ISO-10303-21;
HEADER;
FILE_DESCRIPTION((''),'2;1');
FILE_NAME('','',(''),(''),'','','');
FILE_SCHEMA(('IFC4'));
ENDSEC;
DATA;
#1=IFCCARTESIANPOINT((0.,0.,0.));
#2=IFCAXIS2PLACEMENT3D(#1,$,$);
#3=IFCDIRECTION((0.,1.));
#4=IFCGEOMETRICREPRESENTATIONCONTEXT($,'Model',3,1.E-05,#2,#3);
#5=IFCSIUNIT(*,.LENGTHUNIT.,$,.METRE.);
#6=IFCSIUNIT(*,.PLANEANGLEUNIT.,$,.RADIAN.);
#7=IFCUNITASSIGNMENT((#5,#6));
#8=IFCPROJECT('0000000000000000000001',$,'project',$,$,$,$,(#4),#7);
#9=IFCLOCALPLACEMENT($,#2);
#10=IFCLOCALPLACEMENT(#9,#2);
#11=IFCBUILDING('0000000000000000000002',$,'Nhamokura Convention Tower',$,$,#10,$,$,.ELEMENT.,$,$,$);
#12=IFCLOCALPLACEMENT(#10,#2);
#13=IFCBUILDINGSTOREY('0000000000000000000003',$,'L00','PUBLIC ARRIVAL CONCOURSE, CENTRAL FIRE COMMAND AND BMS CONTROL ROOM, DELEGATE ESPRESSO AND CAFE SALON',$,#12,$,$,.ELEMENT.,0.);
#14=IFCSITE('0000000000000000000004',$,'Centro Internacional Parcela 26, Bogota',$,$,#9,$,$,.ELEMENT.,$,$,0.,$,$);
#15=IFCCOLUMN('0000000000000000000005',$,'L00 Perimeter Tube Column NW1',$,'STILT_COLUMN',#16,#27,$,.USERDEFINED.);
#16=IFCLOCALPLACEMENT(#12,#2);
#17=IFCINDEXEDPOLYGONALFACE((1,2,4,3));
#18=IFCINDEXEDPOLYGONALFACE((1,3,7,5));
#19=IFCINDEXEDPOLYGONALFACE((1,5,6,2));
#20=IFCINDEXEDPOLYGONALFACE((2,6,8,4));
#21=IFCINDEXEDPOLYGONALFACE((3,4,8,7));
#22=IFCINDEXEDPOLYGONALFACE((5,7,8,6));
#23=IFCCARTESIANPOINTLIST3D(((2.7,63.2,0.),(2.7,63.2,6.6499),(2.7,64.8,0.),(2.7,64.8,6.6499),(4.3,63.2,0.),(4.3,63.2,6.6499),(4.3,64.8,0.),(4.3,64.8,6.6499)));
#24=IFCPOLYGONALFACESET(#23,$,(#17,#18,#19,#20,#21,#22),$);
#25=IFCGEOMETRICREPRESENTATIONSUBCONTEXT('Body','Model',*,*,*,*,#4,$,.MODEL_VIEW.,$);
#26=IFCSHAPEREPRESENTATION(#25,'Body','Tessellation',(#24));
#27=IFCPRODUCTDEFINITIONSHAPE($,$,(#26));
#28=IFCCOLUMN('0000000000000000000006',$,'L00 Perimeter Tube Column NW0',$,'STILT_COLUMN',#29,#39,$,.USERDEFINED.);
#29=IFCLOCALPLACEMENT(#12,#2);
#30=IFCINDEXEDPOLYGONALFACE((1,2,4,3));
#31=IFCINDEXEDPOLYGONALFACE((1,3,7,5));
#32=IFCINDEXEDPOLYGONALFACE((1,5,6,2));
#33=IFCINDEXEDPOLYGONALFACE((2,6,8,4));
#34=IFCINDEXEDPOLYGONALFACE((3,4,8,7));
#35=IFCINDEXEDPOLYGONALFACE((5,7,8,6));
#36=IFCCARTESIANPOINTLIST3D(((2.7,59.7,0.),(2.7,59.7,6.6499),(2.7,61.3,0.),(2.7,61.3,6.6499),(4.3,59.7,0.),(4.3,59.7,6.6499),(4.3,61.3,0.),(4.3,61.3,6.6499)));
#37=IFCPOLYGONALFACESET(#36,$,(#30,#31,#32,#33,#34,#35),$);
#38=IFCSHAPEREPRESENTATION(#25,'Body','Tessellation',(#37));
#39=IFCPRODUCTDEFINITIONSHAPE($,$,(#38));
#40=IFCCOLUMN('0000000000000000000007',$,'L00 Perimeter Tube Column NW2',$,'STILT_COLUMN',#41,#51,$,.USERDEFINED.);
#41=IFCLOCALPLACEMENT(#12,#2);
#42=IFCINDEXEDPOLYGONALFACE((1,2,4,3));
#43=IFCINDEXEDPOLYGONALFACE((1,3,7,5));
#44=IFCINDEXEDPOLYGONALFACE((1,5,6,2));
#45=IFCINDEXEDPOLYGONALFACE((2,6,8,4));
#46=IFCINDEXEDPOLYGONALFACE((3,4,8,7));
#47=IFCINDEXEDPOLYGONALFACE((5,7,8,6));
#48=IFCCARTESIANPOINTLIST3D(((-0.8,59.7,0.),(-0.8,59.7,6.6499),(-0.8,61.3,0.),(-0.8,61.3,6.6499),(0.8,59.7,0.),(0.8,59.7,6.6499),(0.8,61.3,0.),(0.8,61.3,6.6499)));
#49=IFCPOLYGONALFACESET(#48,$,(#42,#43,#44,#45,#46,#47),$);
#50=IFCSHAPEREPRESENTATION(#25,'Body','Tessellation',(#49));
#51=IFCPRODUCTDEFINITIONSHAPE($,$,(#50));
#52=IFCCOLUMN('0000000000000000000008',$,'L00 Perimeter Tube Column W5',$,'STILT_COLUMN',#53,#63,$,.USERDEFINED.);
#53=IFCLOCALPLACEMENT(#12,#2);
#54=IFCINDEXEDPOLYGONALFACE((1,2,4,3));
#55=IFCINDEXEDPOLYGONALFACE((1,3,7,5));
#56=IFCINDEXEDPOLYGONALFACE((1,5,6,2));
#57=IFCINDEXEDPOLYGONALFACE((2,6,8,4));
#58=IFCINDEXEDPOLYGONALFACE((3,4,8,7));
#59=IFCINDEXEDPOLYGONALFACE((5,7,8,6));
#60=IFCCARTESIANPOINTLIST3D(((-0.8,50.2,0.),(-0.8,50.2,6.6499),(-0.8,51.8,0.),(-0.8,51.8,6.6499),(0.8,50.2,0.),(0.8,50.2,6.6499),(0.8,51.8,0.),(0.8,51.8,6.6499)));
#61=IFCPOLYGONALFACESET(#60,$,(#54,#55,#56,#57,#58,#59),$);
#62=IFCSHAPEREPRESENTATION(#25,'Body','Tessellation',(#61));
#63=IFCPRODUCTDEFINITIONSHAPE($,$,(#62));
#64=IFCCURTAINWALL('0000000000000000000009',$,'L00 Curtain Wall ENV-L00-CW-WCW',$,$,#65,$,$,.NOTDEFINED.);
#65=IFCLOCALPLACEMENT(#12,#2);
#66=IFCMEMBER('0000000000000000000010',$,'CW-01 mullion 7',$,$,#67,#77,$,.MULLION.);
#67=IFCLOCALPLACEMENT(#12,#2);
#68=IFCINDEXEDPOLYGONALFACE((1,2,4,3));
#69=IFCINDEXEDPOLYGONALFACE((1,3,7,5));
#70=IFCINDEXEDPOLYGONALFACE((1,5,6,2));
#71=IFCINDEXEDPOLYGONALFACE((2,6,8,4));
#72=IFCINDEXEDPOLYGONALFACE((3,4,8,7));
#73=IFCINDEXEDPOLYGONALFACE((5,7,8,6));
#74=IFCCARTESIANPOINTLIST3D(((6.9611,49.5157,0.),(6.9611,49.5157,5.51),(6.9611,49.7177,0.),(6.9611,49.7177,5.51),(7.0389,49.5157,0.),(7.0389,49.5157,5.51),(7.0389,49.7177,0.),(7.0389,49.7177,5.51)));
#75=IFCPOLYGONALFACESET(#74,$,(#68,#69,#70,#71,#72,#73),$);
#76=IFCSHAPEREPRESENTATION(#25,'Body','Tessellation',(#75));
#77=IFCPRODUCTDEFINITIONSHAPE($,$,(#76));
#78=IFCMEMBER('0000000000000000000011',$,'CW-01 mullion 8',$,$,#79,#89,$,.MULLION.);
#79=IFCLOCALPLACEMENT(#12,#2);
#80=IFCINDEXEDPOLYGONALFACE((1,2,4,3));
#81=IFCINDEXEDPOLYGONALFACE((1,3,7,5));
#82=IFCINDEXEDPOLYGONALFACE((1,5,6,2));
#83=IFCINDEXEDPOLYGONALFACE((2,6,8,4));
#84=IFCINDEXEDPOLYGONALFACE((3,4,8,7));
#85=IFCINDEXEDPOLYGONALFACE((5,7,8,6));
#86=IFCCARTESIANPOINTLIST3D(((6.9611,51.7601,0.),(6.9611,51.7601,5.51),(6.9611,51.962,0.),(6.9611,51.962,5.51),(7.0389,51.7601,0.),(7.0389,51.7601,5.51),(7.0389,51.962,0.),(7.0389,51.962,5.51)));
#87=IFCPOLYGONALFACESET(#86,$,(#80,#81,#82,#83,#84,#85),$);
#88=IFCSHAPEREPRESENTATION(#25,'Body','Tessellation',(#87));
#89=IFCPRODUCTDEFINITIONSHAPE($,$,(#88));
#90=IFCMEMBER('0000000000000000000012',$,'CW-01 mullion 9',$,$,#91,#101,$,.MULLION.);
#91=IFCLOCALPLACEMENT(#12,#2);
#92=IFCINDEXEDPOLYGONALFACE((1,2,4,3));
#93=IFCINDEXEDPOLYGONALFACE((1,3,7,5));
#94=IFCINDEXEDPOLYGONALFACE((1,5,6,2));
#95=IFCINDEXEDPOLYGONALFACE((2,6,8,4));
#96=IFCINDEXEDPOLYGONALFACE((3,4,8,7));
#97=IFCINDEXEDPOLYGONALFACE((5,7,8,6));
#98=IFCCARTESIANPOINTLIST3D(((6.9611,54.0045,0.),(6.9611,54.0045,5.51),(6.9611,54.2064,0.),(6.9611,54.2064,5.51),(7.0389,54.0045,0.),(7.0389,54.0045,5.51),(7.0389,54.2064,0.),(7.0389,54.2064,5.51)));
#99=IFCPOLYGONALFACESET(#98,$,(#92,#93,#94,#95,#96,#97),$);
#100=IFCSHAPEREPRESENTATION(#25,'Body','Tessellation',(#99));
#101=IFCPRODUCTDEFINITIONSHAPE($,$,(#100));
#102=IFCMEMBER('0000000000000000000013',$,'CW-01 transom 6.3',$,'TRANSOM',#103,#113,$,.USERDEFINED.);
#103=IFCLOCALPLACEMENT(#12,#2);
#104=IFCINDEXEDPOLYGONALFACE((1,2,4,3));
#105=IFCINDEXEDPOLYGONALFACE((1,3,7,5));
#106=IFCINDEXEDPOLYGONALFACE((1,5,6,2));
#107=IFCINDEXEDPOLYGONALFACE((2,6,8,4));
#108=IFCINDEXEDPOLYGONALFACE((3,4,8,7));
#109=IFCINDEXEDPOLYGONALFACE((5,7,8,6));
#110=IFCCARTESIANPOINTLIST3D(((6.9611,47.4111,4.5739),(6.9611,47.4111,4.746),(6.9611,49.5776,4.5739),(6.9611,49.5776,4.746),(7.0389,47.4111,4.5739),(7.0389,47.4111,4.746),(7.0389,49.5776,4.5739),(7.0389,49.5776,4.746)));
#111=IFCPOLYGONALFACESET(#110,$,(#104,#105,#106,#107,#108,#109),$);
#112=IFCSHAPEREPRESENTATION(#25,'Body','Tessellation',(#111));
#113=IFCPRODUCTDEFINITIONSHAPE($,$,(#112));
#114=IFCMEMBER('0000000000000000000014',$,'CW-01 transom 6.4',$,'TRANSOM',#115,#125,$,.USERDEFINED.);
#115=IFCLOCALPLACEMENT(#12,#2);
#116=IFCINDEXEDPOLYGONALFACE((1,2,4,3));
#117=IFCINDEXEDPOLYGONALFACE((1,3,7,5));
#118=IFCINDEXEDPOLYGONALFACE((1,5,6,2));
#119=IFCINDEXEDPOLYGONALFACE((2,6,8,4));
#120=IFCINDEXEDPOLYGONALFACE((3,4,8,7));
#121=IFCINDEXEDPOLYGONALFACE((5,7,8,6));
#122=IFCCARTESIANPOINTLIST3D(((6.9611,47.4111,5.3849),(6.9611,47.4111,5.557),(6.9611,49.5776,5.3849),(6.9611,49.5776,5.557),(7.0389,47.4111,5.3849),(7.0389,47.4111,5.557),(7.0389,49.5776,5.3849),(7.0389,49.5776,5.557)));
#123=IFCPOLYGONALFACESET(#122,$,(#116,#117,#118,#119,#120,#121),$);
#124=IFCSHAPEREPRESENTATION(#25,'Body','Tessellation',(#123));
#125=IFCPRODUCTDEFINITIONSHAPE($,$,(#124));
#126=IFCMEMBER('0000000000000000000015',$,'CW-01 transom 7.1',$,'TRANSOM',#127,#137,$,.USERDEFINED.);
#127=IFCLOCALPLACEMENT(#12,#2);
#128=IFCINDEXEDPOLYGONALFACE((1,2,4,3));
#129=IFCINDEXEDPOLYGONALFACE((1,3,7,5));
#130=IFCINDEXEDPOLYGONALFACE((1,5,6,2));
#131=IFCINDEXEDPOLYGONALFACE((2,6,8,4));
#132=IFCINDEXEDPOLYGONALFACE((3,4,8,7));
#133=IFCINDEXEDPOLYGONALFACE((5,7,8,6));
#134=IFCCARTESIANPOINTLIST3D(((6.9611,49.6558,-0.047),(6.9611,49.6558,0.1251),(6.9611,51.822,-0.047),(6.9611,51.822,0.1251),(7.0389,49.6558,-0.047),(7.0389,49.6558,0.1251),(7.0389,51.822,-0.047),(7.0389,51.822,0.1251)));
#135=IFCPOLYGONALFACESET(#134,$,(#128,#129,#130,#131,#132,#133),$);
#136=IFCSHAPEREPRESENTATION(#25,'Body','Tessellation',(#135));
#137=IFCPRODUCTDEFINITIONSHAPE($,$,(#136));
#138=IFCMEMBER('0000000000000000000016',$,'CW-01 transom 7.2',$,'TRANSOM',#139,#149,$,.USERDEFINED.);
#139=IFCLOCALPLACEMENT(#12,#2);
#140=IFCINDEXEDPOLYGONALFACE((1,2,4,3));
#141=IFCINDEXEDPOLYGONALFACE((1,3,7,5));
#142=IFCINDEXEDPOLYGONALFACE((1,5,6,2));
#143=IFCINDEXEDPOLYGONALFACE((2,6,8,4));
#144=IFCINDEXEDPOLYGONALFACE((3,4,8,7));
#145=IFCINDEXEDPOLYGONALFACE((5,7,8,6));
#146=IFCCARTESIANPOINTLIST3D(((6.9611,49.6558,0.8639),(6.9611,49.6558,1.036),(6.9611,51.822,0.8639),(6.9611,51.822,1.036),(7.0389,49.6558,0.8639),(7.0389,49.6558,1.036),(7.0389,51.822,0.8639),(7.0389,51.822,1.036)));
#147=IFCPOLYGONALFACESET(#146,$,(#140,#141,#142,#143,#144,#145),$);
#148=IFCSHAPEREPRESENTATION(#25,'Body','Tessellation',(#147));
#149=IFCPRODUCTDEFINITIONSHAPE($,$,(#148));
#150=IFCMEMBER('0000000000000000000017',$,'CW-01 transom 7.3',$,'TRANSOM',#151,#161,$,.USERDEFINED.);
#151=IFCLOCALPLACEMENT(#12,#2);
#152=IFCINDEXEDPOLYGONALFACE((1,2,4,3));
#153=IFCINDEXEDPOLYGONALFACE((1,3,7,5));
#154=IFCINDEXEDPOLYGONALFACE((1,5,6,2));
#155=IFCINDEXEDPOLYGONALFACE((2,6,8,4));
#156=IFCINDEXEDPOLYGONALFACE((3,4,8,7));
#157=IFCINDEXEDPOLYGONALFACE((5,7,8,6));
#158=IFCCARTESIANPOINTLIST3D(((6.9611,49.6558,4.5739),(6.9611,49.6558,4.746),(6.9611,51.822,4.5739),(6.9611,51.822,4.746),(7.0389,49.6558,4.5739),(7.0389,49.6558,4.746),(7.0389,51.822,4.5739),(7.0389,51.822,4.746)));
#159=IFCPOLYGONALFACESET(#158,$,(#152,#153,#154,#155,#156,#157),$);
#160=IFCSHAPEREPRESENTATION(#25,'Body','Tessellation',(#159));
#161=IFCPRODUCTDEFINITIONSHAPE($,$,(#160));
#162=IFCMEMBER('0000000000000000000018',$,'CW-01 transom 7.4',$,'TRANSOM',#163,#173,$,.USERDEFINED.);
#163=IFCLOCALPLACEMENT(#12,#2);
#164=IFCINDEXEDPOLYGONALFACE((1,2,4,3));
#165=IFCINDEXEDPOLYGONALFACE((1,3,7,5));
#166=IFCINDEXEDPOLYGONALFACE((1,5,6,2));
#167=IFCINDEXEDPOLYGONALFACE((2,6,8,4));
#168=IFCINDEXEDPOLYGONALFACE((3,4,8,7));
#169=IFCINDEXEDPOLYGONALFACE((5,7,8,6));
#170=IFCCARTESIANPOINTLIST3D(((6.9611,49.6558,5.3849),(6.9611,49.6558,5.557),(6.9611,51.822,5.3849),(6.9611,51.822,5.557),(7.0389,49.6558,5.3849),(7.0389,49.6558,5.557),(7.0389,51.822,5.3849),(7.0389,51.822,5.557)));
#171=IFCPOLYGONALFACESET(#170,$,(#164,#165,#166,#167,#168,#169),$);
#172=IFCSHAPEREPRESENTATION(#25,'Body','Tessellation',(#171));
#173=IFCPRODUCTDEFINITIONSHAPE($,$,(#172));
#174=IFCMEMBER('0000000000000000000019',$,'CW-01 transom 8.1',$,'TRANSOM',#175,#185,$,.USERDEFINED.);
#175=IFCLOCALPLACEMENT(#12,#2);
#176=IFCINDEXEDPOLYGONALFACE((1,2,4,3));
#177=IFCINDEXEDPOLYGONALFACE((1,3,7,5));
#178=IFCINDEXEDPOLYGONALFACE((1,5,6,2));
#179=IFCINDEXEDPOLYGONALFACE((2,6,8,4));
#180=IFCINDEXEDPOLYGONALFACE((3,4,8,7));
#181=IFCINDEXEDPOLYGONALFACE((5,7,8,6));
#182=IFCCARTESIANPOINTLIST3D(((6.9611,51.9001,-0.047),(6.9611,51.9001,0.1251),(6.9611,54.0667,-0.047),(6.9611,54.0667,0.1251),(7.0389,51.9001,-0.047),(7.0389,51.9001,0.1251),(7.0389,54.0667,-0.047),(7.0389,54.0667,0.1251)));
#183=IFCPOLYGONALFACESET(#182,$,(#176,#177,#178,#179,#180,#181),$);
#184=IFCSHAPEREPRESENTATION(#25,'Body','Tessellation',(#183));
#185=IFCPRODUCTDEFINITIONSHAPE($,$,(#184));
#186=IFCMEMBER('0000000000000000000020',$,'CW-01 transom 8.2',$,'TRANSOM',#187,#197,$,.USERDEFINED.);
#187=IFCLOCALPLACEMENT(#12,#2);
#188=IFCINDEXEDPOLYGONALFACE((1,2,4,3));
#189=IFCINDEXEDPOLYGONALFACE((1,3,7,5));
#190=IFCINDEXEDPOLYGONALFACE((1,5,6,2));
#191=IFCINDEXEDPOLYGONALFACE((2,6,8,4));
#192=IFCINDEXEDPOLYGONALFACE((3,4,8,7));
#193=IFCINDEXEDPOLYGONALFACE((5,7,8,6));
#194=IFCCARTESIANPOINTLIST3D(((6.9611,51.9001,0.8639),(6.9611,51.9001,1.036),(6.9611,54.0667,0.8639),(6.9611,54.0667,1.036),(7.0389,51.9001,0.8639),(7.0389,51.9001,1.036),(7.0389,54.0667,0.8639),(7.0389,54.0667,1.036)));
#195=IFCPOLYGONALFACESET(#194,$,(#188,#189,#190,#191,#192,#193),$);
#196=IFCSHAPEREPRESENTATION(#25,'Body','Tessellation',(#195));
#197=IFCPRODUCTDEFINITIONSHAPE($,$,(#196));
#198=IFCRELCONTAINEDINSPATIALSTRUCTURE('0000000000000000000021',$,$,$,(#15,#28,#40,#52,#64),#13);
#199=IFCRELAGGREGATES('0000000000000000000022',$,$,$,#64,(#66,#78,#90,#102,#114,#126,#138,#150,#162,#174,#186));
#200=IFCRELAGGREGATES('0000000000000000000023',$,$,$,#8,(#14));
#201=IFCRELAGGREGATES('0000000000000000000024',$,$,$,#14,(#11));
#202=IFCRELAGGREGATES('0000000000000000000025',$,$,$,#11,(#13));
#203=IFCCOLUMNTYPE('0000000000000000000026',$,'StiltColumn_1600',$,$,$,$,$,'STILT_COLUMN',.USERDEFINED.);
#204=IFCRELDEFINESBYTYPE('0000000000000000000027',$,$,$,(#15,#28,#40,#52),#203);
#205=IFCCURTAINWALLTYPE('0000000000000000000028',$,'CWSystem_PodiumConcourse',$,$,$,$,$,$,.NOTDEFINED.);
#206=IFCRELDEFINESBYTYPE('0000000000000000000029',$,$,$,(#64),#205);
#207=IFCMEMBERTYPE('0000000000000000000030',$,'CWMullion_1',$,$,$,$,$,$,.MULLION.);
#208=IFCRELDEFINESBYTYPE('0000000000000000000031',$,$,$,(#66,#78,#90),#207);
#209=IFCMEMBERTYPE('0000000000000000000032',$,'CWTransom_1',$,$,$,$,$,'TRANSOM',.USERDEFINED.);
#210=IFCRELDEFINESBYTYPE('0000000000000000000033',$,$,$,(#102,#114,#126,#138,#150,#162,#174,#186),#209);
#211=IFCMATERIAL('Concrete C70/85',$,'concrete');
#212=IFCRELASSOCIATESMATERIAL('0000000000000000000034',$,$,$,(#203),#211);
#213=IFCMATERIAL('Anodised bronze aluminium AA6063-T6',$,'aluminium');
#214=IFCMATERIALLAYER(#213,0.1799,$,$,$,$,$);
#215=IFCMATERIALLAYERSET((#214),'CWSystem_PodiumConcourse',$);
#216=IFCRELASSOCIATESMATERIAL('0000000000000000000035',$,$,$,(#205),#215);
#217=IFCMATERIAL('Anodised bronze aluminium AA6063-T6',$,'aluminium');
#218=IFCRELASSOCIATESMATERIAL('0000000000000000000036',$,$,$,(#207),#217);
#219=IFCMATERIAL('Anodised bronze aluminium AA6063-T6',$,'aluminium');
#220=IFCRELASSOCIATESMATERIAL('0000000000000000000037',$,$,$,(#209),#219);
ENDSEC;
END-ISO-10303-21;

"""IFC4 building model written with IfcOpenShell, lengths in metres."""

from ifc_helpers import new_model, si_unit, direction, frame, origin, origin_2d, place, context, subcontext, project, spatial, rectangle, extrude, material, layer, layer_set, material_profile, profile_set, type_object, element, aggregate, save


model = new_model("IFC4")

# Units and contexts
model_context = context("Model", 3, precision=1e-05, world=origin(), true_north=direction((0.0, 1.0)))
body_context = subcontext(model_context, "Body", "Model", "MODEL_VIEW")
ifc_project = project(units=[si_unit("LENGTHUNIT", "METRE"), si_unit("PLANEANGLEUNIT", "RADIAN")], contexts=[model_context])

# Site, building, storey
site_placement = place(None, origin())
site = spatial("IfcSite", under=ifc_project, at=site_placement, Name="Centro Internacional Parcela 26, Bogota", CompositionType="ELEMENT", RefElevation=0.0)
building_placement = place(site_placement, origin())
building = spatial("IfcBuilding", under=site, at=building_placement, Name="Nhamokura Convention Tower", CompositionType="ELEMENT")
storey_placement = place(building_placement, origin())
storey = spatial("IfcBuildingStorey", under=building, at=storey_placement, Name="L00", Description="PUBLIC ARRIVAL CONCOURSE, CENTRAL FIRE COMMAND AND BMS CONTROL ROOM, DELEGATE ESPRESSO AND CAFE SALON", CompositionType="ELEMENT", Elevation=0.0)

# Columns
ifc_material_1 = material(Name="Concrete C70/85", Category="concrete")
ifc_material_profile_1 = material_profile(ifc_material_1, rectangle(XDim=1.6001, YDim=1.6001, at=origin_2d()))
ifc_profile_set_1 = profile_set([ifc_material_profile_1], Name="Concrete C70/85")
column_type = type_object("IfcColumnType", Name="StiltColumn_1600", ElementType="STILT_COLUMN", PredefinedType="USERDEFINED", material=ifc_profile_set_1)
for number, where, z_axis, x_axis, name in (
    (1, (3.5, 64.0, 0.0), (0.0, 0.0, 1.0), (1.0, 0.0, 0.0), "L00 Perimeter Tube Column NW1"),
    (2, (3.5, 60.5, 0.0), (0.0, 0.0, 1.0), (1.0, 0.0, 0.0), "L00 Perimeter Tube Column NW0"),
    (3, (0.0, 60.5, 0.0), (0.0, 0.0, 1.0), (1.0, 0.0, 0.0), "L00 Perimeter Tube Column NW2"),
    (4, (0.0, 51.0, 0.0), (0.0, 0.0, 1.0), (1.0, 0.0, 0.0), "L00 Perimeter Tube Column W5"),
):
    element("IfcColumn", number, at=place(storey_placement, frame(where, z_axis=z_axis, x_axis=x_axis)), inside=storey, type_object=column_type, Name=name, ObjectType="STILT_COLUMN", PredefinedType="USERDEFINED", context=body_context, shape_type="SweptSolid", body=[
        extrude(rectangle(XDim=1.6001, YDim=1.6001, at=origin_2d()), origin(), (0.0, 0.0, 1.0), 6.6499),
    ])

# Curtain wall, members
ifc_material_2 = material(Name="Anodised bronze aluminium AA6063-T6", Category="aluminium")
ifc_layer_1 = layer(ifc_material_2, 0.1799)
ifc_layer_set_1 = layer_set([ifc_layer_1], Name="CWSystem_PodiumConcourse")
curtain_wall_type = type_object("IfcCurtainWallType", Name="CWSystem_PodiumConcourse", PredefinedType="NOTDEFINED", material=ifc_layer_set_1)
curtain_wall_placement = place(storey_placement, origin())
curtain_wall = element("IfcCurtainWall", 5, at=curtain_wall_placement, inside=storey, type_object=curtain_wall_type, Name="L00 Curtain Wall ENV-L00-CW-WCW", PredefinedType="NOTDEFINED")
ifc_material_3 = material(Name="Anodised bronze aluminium AA6063-T6", Category="aluminium")
ifc_material_profile_2 = material_profile(ifc_material_3, rectangle(XDim=0.0779, YDim=0.2019, at=origin_2d()))
ifc_profile_set_2 = profile_set([ifc_material_profile_2], Name="Anodised bronze aluminium AA6063-T6")
member_type_1 = type_object("IfcMemberType", Name="CWMullion_1", PredefinedType="MULLION", material=ifc_profile_set_2)
member_1_placement = place(storey_placement, frame((7.0, 49.6167, 0.0), z_axis=(0.0, 0.0, 1.0), x_axis=(-1.0, 0.0, 0.0)))
member_1 = element("IfcMember", 6, at=member_1_placement, type_object=member_type_1, Name="CW-01 mullion 7", PredefinedType="MULLION", context=body_context, shape_type="SweptSolid", body=[
    extrude(rectangle(XDim=0.0779, YDim=0.2019, at=origin_2d()), origin(), (0.0, 0.0, 1.0), 5.51),
])
member_2_placement = place(storey_placement, frame((7.0, 51.8611, 0.0), z_axis=(0.0, 0.0, 1.0), x_axis=(-1.0, 0.0, 0.0)))
member_2 = element("IfcMember", 7, at=member_2_placement, type_object=member_type_1, Name="CW-01 mullion 8", PredefinedType="MULLION", context=body_context, shape_type="SweptSolid", body=[
    extrude(rectangle(XDim=0.0779, YDim=0.2019, at=origin_2d()), origin(), (0.0, 0.0, 1.0), 5.51),
])
member_3_placement = place(storey_placement, frame((7.0, 54.1055, 0.0), z_axis=(0.0, 0.0, 1.0), x_axis=(-1.0, 0.0, 0.0)))
member_3 = element("IfcMember", 8, at=member_3_placement, type_object=member_type_1, Name="CW-01 mullion 9", PredefinedType="MULLION", context=body_context, shape_type="SweptSolid", body=[
    extrude(rectangle(XDim=0.0779, YDim=0.2019, at=origin_2d()), origin(), (0.0, 0.0, 1.0), 5.51),
])
ifc_material_4 = material(Name="Anodised bronze aluminium AA6063-T6", Category="aluminium")
ifc_material_profile_3 = material_profile(ifc_material_4, rectangle(XDim=0.0779, YDim=0.1721, at=origin_2d()))
ifc_profile_set_3 = profile_set([ifc_material_profile_3], Name="Anodised bronze aluminium AA6063-T6")
member_type_2 = type_object("IfcMemberType", Name="CWTransom_1", ElementType="TRANSOM", PredefinedType="USERDEFINED", material=ifc_profile_set_3)
member_4_placement = place(storey_placement, frame((7.0, 47.4111, 4.6599), z_axis=(0.0, 1.0, 0.0), x_axis=(-1.0, 0.0, 0.0)))
member_4 = element("IfcMember", 9, at=member_4_placement, type_object=member_type_2, Name="CW-01 transom 6.3", ObjectType="TRANSOM", PredefinedType="USERDEFINED", context=body_context, shape_type="SweptSolid", body=[
    extrude(rectangle(XDim=0.0779, YDim=0.1721, at=origin_2d()), origin(), (0.0, 0.0, 1.0), 2.1665),
])
member_5_placement = place(storey_placement, frame((7.0, 47.4111, 5.4709), z_axis=(0.0, 1.0, 0.0), x_axis=(-1.0, 0.0, 0.0)))
member_5 = element("IfcMember", 10, at=member_5_placement, type_object=member_type_2, Name="CW-01 transom 6.4", ObjectType="TRANSOM", PredefinedType="USERDEFINED", context=body_context, shape_type="SweptSolid", body=[
    extrude(rectangle(XDim=0.0779, YDim=0.1721, at=origin_2d()), origin(), (0.0, 0.0, 1.0), 2.1665),
])
member_6_placement = place(storey_placement, frame((7.0, 49.6558, 0.0391), z_axis=(0.0, 1.0, 0.0), x_axis=(-1.0, 0.0, 0.0)))
member_6 = element("IfcMember", 11, at=member_6_placement, type_object=member_type_2, Name="CW-01 transom 7.1", ObjectType="TRANSOM", PredefinedType="USERDEFINED", context=body_context, shape_type="SweptSolid", body=[
    extrude(rectangle(XDim=0.0779, YDim=0.1721, at=origin_2d()), origin(), (0.0, 0.0, 1.0), 2.1663),
])
member_7_placement = place(storey_placement, frame((7.0, 49.6558, 0.95), z_axis=(0.0, 1.0, 0.0), x_axis=(-1.0, 0.0, 0.0)))
member_7 = element("IfcMember", 12, at=member_7_placement, type_object=member_type_2, Name="CW-01 transom 7.2", ObjectType="TRANSOM", PredefinedType="USERDEFINED", context=body_context, shape_type="SweptSolid", body=[
    extrude(rectangle(XDim=0.0779, YDim=0.1721, at=origin_2d()), origin(), (0.0, 0.0, 1.0), 2.1663),
])
member_8_placement = place(storey_placement, frame((7.0, 49.6558, 4.6599), z_axis=(0.0, 1.0, 0.0), x_axis=(-1.0, 0.0, 0.0)))
member_8 = element("IfcMember", 13, at=member_8_placement, type_object=member_type_2, Name="CW-01 transom 7.3", ObjectType="TRANSOM", PredefinedType="USERDEFINED", context=body_context, shape_type="SweptSolid", body=[
    extrude(rectangle(XDim=0.0779, YDim=0.1721, at=origin_2d()), origin(), (0.0, 0.0, 1.0), 2.1663),
])
member_9_placement = place(storey_placement, frame((7.0, 49.6558, 5.4709), z_axis=(0.0, 1.0, 0.0), x_axis=(-1.0, 0.0, 0.0)))
member_9 = element("IfcMember", 14, at=member_9_placement, type_object=member_type_2, Name="CW-01 transom 7.4", ObjectType="TRANSOM", PredefinedType="USERDEFINED", context=body_context, shape_type="SweptSolid", body=[
    extrude(rectangle(XDim=0.0779, YDim=0.1721, at=origin_2d()), origin(), (0.0, 0.0, 1.0), 2.1663),
])
member_10_placement = place(storey_placement, frame((7.0, 51.9001, 0.0391), z_axis=(0.0, 1.0, 0.0), x_axis=(-1.0, 0.0, 0.0)))
member_10 = element("IfcMember", 15, at=member_10_placement, type_object=member_type_2, Name="CW-01 transom 8.1", ObjectType="TRANSOM", PredefinedType="USERDEFINED", context=body_context, shape_type="SweptSolid", body=[
    extrude(rectangle(XDim=0.0779, YDim=0.1721, at=origin_2d()), origin(), (0.0, 0.0, 1.0), 2.1665),
])
member_11_placement = place(storey_placement, frame((7.0, 51.9001, 0.95), z_axis=(0.0, 1.0, 0.0), x_axis=(-1.0, 0.0, 0.0)))
member_11 = element("IfcMember", 16, at=member_11_placement, type_object=member_type_2, Name="CW-01 transom 8.2", ObjectType="TRANSOM", PredefinedType="USERDEFINED", context=body_context, shape_type="SweptSolid", body=[
    extrude(rectangle(XDim=0.0779, YDim=0.1721, at=origin_2d()), origin(), (0.0, 0.0, 1.0), 2.1665),
])

aggregate(curtain_wall, [member_1, member_2, member_3, member_4, member_5, member_6, member_7, member_8, member_9, member_10, member_11])

save(model, "model.ifc")
